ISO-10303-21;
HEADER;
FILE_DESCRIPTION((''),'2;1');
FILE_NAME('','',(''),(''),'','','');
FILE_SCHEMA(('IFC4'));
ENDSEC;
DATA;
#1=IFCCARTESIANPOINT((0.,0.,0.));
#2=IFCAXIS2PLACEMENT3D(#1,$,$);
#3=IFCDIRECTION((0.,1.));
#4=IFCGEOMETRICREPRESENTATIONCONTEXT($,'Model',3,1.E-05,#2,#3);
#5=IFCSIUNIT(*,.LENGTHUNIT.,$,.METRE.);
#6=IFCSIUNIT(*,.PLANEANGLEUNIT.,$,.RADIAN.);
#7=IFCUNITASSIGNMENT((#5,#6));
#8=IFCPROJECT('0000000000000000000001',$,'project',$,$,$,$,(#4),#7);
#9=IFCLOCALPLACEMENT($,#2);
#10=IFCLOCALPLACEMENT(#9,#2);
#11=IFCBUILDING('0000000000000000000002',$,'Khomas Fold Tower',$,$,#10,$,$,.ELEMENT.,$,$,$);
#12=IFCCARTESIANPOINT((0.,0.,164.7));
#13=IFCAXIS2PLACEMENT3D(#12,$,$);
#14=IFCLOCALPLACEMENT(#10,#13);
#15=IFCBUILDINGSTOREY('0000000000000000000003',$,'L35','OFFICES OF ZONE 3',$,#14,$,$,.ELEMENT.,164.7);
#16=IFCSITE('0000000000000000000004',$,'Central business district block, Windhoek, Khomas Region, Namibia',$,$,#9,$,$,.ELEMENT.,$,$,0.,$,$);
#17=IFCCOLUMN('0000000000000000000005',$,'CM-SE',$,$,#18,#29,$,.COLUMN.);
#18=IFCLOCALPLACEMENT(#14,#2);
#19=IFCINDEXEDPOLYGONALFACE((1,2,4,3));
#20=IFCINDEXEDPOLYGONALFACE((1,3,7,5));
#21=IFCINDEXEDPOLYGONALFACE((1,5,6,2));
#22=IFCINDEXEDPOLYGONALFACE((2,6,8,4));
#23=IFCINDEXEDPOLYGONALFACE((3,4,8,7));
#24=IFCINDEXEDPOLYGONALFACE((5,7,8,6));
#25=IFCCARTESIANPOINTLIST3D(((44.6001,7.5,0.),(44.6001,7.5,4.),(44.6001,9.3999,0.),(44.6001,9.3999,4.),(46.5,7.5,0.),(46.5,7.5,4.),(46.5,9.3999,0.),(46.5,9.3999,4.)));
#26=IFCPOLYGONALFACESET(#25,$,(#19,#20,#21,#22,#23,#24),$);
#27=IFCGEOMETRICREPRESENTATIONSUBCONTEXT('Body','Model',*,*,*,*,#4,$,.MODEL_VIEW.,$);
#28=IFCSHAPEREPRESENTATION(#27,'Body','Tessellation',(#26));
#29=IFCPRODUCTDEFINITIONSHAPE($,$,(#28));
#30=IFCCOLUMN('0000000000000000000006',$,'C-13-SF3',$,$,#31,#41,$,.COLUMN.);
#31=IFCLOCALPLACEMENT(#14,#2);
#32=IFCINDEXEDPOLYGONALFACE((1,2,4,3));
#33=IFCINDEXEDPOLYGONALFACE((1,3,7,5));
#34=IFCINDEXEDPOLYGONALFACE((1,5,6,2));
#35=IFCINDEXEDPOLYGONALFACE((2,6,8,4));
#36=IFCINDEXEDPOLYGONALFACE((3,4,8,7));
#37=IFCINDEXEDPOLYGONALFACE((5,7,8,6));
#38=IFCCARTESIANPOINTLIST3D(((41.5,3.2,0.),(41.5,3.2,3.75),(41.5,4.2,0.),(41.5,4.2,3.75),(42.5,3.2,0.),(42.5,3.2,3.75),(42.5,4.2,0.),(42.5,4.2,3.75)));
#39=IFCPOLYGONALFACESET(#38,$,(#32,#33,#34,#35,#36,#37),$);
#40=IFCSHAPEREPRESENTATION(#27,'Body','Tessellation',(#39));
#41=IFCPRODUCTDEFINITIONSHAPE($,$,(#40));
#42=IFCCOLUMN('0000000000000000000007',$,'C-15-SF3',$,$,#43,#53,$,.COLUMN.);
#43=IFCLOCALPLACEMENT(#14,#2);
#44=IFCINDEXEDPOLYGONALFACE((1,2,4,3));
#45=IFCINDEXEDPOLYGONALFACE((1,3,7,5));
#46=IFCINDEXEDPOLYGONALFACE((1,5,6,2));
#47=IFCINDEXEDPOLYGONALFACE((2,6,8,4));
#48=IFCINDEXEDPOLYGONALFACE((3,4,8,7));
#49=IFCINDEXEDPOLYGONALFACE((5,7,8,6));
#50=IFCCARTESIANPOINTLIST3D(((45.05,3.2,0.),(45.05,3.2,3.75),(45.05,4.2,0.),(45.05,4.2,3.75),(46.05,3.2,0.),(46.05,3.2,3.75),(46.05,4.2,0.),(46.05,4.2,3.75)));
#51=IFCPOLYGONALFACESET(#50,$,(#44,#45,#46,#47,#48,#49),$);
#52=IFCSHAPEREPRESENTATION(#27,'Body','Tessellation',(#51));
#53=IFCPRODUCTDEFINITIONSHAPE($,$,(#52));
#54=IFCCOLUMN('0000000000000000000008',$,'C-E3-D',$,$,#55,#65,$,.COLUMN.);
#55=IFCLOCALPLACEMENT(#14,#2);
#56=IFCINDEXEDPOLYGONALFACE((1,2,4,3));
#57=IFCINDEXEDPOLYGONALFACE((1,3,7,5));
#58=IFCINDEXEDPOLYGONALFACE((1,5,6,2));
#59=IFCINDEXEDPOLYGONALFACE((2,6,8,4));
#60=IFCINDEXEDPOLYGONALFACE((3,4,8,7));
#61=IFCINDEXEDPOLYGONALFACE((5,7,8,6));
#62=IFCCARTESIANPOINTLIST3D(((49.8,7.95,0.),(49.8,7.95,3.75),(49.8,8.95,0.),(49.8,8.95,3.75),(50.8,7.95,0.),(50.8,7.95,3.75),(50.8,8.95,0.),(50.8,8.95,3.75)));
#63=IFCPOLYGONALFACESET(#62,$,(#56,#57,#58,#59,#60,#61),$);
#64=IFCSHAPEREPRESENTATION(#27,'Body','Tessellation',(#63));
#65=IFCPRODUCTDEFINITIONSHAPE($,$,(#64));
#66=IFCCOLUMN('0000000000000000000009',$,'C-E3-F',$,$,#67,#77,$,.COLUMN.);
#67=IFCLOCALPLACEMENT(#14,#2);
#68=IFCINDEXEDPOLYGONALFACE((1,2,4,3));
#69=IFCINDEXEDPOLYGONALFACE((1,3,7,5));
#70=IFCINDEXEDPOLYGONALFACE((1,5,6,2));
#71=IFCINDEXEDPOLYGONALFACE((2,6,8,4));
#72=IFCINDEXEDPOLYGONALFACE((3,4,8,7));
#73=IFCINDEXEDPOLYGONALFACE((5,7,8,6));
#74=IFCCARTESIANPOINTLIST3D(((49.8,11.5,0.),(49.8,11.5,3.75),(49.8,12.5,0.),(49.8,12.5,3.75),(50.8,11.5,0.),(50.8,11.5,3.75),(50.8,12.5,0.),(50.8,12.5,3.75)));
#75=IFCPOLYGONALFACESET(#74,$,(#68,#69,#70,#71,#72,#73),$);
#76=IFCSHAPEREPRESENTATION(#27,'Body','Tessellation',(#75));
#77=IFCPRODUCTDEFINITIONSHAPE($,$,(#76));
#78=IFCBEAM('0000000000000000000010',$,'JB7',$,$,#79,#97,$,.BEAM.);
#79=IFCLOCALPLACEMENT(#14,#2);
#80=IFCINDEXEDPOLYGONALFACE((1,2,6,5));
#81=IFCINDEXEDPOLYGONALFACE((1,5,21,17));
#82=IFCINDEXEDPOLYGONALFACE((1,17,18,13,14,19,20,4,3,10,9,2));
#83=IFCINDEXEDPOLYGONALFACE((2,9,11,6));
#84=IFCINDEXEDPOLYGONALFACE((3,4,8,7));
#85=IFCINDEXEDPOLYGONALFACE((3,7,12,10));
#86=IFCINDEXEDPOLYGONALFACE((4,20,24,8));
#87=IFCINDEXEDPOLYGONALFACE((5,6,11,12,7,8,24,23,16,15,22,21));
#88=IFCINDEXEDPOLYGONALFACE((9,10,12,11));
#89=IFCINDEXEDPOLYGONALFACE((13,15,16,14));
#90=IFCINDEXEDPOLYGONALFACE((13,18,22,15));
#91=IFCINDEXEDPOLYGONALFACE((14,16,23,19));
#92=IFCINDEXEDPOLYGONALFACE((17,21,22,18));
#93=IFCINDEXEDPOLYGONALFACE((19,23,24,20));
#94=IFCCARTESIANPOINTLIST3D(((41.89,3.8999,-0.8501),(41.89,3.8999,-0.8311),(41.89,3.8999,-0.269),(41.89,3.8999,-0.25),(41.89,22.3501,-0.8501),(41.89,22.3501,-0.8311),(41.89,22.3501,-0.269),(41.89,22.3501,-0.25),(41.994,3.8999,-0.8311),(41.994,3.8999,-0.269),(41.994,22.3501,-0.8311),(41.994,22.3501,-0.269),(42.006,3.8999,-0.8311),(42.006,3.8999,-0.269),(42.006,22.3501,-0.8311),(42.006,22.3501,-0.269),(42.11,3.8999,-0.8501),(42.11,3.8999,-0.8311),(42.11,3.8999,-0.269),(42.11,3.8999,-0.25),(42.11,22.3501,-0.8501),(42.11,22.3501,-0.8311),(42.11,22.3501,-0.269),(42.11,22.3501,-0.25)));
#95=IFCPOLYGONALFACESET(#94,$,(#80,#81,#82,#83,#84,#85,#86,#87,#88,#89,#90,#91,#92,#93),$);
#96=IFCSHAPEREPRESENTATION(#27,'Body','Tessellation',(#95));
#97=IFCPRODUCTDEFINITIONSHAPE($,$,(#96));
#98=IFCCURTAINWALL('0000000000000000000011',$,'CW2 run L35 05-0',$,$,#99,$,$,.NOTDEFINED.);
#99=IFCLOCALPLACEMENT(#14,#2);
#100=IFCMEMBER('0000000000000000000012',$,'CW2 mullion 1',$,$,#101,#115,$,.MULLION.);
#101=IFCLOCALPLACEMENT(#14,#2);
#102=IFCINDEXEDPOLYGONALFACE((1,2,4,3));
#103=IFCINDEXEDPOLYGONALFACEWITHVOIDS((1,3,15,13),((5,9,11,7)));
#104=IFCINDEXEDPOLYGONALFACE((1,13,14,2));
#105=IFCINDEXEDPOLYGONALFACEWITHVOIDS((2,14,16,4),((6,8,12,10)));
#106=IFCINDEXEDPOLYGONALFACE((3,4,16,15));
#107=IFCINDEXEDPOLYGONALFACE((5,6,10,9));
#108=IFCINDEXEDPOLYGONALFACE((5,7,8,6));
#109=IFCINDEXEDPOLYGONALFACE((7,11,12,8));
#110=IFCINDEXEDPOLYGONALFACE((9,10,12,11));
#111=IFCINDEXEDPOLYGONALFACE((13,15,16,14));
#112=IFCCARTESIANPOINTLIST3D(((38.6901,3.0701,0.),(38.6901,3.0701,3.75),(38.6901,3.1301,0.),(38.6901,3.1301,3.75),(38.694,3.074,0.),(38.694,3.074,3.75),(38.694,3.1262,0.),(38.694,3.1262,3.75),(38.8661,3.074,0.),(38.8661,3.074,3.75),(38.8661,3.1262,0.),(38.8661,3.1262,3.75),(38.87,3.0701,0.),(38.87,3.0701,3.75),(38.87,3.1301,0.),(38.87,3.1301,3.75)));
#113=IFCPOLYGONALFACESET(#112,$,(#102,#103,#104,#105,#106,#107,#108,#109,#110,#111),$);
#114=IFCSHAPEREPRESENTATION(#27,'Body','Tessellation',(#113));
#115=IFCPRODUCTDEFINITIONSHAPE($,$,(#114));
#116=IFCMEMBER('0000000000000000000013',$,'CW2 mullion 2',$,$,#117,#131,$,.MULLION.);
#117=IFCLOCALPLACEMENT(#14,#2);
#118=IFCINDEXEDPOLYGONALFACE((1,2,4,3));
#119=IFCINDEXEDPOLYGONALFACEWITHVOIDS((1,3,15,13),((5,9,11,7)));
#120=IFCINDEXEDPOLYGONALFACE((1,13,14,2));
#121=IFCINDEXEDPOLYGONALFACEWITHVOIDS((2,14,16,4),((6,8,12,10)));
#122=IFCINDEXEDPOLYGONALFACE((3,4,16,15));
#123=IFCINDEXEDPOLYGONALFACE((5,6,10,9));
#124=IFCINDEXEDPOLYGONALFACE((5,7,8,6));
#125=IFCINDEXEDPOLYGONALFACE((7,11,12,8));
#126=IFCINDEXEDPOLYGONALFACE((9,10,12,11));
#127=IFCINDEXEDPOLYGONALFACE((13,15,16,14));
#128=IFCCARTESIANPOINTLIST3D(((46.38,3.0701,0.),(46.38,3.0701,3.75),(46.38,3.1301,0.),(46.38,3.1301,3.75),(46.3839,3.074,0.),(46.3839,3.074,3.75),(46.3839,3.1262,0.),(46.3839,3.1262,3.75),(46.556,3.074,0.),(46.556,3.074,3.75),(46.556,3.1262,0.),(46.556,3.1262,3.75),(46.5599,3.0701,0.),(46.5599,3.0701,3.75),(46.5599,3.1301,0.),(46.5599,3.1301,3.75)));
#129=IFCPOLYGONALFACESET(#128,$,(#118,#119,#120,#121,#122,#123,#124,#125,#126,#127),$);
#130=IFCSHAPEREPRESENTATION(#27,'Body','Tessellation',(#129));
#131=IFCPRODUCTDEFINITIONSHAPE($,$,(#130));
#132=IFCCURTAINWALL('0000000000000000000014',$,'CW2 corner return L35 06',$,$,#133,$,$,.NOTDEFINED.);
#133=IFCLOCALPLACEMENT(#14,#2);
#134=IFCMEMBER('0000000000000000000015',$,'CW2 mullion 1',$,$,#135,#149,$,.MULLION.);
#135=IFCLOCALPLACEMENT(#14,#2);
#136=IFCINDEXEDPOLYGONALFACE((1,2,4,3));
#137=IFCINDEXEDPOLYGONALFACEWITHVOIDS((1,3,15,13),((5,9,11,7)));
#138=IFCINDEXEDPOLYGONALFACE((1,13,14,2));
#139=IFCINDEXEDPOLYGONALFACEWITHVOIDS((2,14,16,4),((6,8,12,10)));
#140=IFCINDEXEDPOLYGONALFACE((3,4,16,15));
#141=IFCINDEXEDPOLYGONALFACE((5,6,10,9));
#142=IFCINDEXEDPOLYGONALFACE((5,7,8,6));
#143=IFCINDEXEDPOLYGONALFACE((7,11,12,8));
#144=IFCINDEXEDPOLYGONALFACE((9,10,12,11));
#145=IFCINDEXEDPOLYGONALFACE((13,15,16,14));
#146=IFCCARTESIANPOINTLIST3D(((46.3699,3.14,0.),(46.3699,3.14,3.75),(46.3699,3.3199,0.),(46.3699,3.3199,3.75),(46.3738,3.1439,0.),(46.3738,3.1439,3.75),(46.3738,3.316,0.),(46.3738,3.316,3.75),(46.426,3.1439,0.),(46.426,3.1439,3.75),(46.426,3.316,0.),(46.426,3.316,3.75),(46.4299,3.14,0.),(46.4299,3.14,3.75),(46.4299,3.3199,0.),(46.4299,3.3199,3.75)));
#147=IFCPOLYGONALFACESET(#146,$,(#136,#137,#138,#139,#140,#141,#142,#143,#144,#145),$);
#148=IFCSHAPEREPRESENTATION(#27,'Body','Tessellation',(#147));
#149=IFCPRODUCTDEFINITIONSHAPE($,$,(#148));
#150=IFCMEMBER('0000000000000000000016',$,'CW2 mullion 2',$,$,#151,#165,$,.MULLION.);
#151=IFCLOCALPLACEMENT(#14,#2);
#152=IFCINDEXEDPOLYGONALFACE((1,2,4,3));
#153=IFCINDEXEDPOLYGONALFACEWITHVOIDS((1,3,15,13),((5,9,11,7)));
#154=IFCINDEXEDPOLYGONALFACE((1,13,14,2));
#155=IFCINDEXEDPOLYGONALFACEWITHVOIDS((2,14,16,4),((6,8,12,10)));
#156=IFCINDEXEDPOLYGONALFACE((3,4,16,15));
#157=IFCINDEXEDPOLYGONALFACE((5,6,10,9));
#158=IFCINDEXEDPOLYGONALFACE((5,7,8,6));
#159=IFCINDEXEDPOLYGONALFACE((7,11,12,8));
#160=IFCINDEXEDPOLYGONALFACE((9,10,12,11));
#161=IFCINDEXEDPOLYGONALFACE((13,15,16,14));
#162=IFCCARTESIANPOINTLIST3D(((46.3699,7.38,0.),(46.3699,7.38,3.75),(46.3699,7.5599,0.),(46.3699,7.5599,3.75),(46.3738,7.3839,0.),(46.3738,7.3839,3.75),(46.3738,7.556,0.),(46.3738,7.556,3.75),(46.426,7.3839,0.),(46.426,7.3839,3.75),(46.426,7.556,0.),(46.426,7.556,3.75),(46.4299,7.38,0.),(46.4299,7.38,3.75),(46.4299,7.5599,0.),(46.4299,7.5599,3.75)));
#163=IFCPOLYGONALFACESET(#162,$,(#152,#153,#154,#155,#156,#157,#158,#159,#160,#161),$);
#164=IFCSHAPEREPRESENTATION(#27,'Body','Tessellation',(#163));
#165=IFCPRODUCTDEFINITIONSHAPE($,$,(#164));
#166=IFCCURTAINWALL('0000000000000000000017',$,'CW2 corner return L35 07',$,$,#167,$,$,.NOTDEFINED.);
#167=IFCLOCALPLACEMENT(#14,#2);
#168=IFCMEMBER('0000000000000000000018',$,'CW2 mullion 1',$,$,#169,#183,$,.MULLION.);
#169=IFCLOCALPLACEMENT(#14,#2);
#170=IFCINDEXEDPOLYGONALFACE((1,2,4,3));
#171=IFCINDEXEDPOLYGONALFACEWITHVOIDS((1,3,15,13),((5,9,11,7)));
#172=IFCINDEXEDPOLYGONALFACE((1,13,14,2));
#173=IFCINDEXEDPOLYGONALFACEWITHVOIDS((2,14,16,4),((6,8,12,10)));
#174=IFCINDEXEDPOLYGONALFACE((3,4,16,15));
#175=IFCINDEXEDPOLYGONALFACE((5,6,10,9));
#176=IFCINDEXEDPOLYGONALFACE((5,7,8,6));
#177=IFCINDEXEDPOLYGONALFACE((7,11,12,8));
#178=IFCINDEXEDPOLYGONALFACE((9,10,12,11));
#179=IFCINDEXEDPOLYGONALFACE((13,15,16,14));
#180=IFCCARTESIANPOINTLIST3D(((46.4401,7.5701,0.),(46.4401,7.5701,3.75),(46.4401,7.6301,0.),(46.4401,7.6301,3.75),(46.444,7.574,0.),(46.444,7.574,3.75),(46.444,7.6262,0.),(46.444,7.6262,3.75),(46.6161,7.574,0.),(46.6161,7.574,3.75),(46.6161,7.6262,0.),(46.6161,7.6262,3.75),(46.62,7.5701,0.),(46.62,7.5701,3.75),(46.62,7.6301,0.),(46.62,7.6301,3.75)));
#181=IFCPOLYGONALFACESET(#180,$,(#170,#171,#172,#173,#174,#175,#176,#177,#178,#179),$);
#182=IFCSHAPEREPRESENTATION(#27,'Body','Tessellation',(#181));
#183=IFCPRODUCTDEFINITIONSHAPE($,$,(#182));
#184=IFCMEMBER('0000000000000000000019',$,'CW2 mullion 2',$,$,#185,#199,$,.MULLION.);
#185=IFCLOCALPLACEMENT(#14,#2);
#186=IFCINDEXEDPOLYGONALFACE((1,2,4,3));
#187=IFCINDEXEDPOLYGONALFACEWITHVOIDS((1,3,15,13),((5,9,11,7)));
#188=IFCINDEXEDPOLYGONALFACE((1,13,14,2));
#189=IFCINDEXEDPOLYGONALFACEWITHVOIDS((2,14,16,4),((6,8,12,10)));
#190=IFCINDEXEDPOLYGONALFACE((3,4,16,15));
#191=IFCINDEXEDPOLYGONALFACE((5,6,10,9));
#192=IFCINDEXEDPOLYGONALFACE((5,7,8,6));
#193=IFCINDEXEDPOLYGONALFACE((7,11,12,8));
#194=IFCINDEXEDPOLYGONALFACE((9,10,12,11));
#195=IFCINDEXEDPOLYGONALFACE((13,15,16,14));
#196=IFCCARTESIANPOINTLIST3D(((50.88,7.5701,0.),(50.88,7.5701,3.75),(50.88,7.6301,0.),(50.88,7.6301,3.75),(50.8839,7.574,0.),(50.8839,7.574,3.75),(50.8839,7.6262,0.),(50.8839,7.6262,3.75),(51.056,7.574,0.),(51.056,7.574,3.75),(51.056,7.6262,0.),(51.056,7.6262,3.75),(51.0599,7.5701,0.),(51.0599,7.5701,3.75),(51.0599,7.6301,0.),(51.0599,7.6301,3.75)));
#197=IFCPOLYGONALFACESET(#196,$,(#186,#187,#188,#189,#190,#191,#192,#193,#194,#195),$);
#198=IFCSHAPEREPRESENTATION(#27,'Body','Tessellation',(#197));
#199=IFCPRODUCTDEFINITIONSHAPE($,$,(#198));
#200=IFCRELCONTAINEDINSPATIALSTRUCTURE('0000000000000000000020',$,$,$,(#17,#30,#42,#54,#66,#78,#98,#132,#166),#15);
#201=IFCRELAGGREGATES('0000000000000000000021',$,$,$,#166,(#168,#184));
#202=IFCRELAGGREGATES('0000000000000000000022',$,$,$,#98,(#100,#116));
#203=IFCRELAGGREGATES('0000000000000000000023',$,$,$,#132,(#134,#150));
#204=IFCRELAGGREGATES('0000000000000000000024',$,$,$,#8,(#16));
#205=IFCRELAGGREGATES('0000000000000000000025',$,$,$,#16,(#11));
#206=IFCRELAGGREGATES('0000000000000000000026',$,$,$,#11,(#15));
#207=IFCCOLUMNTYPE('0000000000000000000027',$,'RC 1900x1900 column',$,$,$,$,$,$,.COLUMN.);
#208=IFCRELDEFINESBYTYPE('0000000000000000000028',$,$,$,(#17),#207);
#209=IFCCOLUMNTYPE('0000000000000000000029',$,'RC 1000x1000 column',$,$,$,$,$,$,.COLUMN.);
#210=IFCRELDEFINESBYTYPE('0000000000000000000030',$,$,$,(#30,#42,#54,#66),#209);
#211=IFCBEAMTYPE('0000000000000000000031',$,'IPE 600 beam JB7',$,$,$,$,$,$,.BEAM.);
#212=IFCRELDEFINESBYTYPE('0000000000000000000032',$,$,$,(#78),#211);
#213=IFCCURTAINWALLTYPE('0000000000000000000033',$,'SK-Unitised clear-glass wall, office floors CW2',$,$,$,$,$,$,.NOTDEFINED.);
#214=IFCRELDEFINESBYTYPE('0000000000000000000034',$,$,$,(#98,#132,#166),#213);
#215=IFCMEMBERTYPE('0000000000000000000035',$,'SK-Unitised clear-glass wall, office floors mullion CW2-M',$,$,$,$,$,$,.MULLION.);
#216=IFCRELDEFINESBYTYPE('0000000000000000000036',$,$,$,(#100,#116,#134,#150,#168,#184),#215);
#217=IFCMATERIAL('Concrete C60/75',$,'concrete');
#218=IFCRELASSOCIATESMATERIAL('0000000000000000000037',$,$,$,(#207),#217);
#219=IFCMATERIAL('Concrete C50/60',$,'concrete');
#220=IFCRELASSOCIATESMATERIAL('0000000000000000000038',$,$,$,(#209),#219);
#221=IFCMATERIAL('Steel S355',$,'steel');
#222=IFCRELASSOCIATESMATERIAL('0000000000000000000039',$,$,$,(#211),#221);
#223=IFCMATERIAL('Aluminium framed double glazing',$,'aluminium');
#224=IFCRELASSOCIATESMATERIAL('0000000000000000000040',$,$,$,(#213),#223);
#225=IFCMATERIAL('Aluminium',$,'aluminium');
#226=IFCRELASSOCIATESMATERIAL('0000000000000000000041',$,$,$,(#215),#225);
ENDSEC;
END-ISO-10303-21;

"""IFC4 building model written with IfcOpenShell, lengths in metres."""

from ifc_helpers import new_model, si_unit, direction, frame, origin, origin_2d, place, context, subcontext, project, spatial, rectangle, hollow_rectangle, i_section, extrude, source, transform, mapped, material, material_profile, profile_set, type_object, element, aggregate, save


model = new_model("IFC4")

# Units and contexts
model_context = context("Model", 3, precision=1e-05, world=origin(), true_north=direction((0.0, 1.0)))
body_context = subcontext(model_context, "Body", "Model", "MODEL_VIEW")
ifc_project = project(units=[si_unit("LENGTHUNIT", "METRE"), si_unit("PLANEANGLEUNIT", "RADIAN")], contexts=[model_context])

# Site, building, storey
site_placement = place(None, origin())
site = spatial("IfcSite", under=ifc_project, at=site_placement, Name="Central business district block, Windhoek, Khomas Region, Namibia", CompositionType="ELEMENT", RefElevation=0.0)
building_placement = place(site_placement, origin())
building = spatial("IfcBuilding", under=site, at=building_placement, Name="Khomas Fold Tower", CompositionType="ELEMENT")
storey_placement = place(building_placement, frame((0.0, 0.0, 164.7)))
storey = spatial("IfcBuildingStorey", under=building, at=storey_placement, Name="L35", Description="OFFICES OF ZONE 3", CompositionType="ELEMENT", Elevation=164.7)

# Columns
ifc_material_1 = material(Name="Concrete C60/75", Category="concrete")
ifc_material_profile_1 = material_profile(ifc_material_1, rectangle(XDim=1.8999, YDim=1.8999, at=origin_2d()), Name="RC 1900x1900")
ifc_profile_set_1 = profile_set([ifc_material_profile_1], Name="Concrete C60/75")
column_type_1 = type_object("IfcColumnType", Name="RC 1900x1900 column", PredefinedType="COLUMN", material=ifc_profile_set_1)
shared_shape_1 = source(origin(), body_context, "Body", "SweptSolid", [
    extrude(rectangle(XDim=1.8999, YDim=1.8999, at=origin_2d()), origin(), (0.0, 0.0, 1.0), 4.0),
])
column_placement = place(storey_placement, frame((45.55, 8.45, 0.0), z_axis=(0.0, 0.0, 1.0), x_axis=(1.0, 0.0, 0.0)))
element("IfcColumn", 1, at=column_placement, inside=storey, type_object=column_type_1, Name="CM-SE", PredefinedType="COLUMN", context=body_context, shape_type="MappedRepresentation", body=[
    mapped(shared_shape_1, transform((0.0, 0.0, 0.0))),
])
ifc_material_2 = material(Name="Concrete C50/60", Category="concrete")
ifc_material_profile_2 = material_profile(ifc_material_2, rectangle(XDim=1.0, YDim=1.0, at=origin_2d()), Name="RC 1000x1000")
ifc_profile_set_2 = profile_set([ifc_material_profile_2], Name="Concrete C50/60")
column_type_2 = type_object("IfcColumnType", Name="RC 1000x1000 column", PredefinedType="COLUMN", material=ifc_profile_set_2)
shared_shape_2 = source(origin(), body_context, "Body", "SweptSolid", [
    extrude(rectangle(XDim=1.0, YDim=1.0, at=origin_2d()), origin(), (0.0, 0.0, 1.0), 3.75),
])
for number, where, z_axis, x_axis, name in (
    (2, (42.0, 3.7, 0.0), (0.0, 0.0, 1.0), (1.0, 0.0, 0.0), "C-13-SF3"),
    (3, (45.55, 3.7, 0.0), (0.0, 0.0, 1.0), (1.0, 0.0, 0.0), "C-15-SF3"),
    (4, (50.3, 8.45, 0.0), (0.0, 0.0, 1.0), (1.0, 0.0, 0.0), "C-E3-D"),
    (5, (50.3, 12.0, 0.0), (0.0, 0.0, 1.0), (1.0, 0.0, 0.0), "C-E3-F"),
):
    element("IfcColumn", number, at=place(storey_placement, frame(where, z_axis=z_axis, x_axis=x_axis)), inside=storey, type_object=column_type_2, Name=name, PredefinedType="COLUMN", context=body_context, shape_type="MappedRepresentation", body=[
        mapped(shared_shape_2, transform((0.0, 0.0, 0.0))),
    ])

# Beam
ifc_material_3 = material(Name="Steel S355", Category="steel")
ifc_material_profile_3 = material_profile(ifc_material_3, i_section(OverallWidth=0.22, OverallDepth=0.6001, WebThickness=0.012, FlangeThickness=0.019, at=origin_2d()), Name="IPE 600")
ifc_profile_set_3 = profile_set([ifc_material_profile_3], Name="Steel S355")
beam_type = type_object("IfcBeamType", Name="IPE 600 beam JB7", PredefinedType="BEAM", material=ifc_profile_set_3)
shared_shape_3 = source(origin(), body_context, "Body", "SweptSolid", [
    extrude(i_section(OverallWidth=0.22, OverallDepth=0.6001, WebThickness=0.012, FlangeThickness=0.019, at=origin_2d()), origin(), (0.0, 0.0, 1.0), 18.4502),
])
beam_placement = place(storey_placement, frame((42.0, 3.8999, -0.55), z_axis=(0.0, 1.0, 0.0), x_axis=(-1.0, 0.0, 0.0)))
element("IfcBeam", 6, at=beam_placement, inside=storey, type_object=beam_type, Name="JB7", PredefinedType="BEAM", context=body_context, shape_type="MappedRepresentation", body=[
    mapped(shared_shape_3, transform((0.0, 0.0, 0.0))),
])

# Curtain walls, members
ifc_material_4 = material(Name="Aluminium framed double glazing", Category="aluminium")
curtain_wall_type_1 = type_object("IfcCurtainWallType", Name="SK-Unitised clear-glass wall, office floors CW2", PredefinedType="NOTDEFINED", material=ifc_material_4)
curtain_wall_1_placement = place(storey_placement, origin())
curtain_wall_1 = element("IfcCurtainWall", 7, at=curtain_wall_1_placement, inside=storey, type_object=curtain_wall_type_1, Name="CW2 run L35 05-0", PredefinedType="NOTDEFINED")
ifc_material_5 = material(Name="Aluminium", Category="aluminium")
ifc_material_profile_4 = material_profile(ifc_material_5, hollow_rectangle(XDim=0.0601, YDim=0.1799, WallThickness=0.0039, at=origin_2d()), Name="SK-Unitised clear-glass wall, office floors mullion CW2-M")
ifc_profile_set_4 = profile_set([ifc_material_profile_4], Name="Aluminium")
member_type_1 = type_object("IfcMemberType", Name="SK-Unitised clear-glass wall, office floors mullion CW2-M", PredefinedType="MULLION", material=ifc_profile_set_4)
shared_shape_4 = source(origin(), body_context, "Body", "SweptSolid", [
    extrude(hollow_rectangle(XDim=0.0601, YDim=0.1799, WallThickness=0.0039, at=origin_2d()), origin(), (0.0, 0.0, 1.0), 3.75),
])
member_1_placement = place(storey_placement, frame((38.78, 3.1001, 0.0), z_axis=(0.0, 0.0, 1.0), x_axis=(0.0, 1.0, 0.0)))
member_1 = element("IfcMember", 8, at=member_1_placement, type_object=member_type_1, Name="CW2 mullion 1", PredefinedType="MULLION", context=body_context, shape_type="MappedRepresentation", body=[
    mapped(shared_shape_4, transform((0.0, 0.0, 0.0))),
])
member_2_placement = place(storey_placement, frame((46.47, 3.1001, 0.0), z_axis=(0.0, 0.0, 1.0), x_axis=(0.0, 1.0, 0.0)))
member_2 = element("IfcMember", 9, at=member_2_placement, type_object=member_type_1, Name="CW2 mullion 2", PredefinedType="MULLION", context=body_context, shape_type="MappedRepresentation", body=[
    mapped(shared_shape_4, transform((0.0, 0.0, 0.0))),
])
curtain_wall_2_placement = place(storey_placement, origin())
curtain_wall_2 = element("IfcCurtainWall", 10, at=curtain_wall_2_placement, inside=storey, type_object=curtain_wall_type_1, Name="CW2 corner return L35 06", PredefinedType="NOTDEFINED")
member_3_placement = place(storey_placement, frame((46.3999, 3.23, 0.0), z_axis=(0.0, 0.0, 1.0), x_axis=(-1.0, 0.0, 0.0)))
member_3 = element("IfcMember", 11, at=member_3_placement, type_object=member_type_1, Name="CW2 mullion 1", PredefinedType="MULLION", context=body_context, shape_type="MappedRepresentation", body=[
    mapped(shared_shape_4, transform((0.0, 0.0, 0.0))),
])
member_4_placement = place(storey_placement, frame((46.3999, 7.47, 0.0), z_axis=(0.0, 0.0, 1.0), x_axis=(-1.0, 0.0, 0.0)))
member_4 = element("IfcMember", 12, at=member_4_placement, type_object=member_type_1, Name="CW2 mullion 2", PredefinedType="MULLION", context=body_context, shape_type="MappedRepresentation", body=[
    mapped(shared_shape_4, transform((0.0, 0.0, 0.0))),
])
curtain_wall_3_placement = place(storey_placement, origin())
curtain_wall_3 = element("IfcCurtainWall", 13, at=curtain_wall_3_placement, inside=storey, type_object=curtain_wall_type_1, Name="CW2 corner return L35 07", PredefinedType="NOTDEFINED")
member_5_placement = place(storey_placement, frame((46.53, 7.6001, 0.0), z_axis=(0.0, 0.0, 1.0), x_axis=(0.0, 1.0, 0.0)))
member_5 = element("IfcMember", 14, at=member_5_placement, type_object=member_type_1, Name="CW2 mullion 1", PredefinedType="MULLION", context=body_context, shape_type="MappedRepresentation", body=[
    mapped(shared_shape_4, transform((0.0, 0.0, 0.0))),
])
member_6_placement = place(storey_placement, frame((50.97, 7.6001, 0.0), z_axis=(0.0, 0.0, 1.0), x_axis=(0.0, 1.0, 0.0)))
member_6 = element("IfcMember", 15, at=member_6_placement, type_object=member_type_1, Name="CW2 mullion 2", PredefinedType="MULLION", context=body_context, shape_type="MappedRepresentation", body=[
    mapped(shared_shape_4, transform((0.0, 0.0, 0.0))),
])

aggregate(curtain_wall_3, [member_5, member_6])
aggregate(curtain_wall_1, [member_1, member_2])
aggregate(curtain_wall_2, [member_3, member_4])

save(model, "model.ifc")
